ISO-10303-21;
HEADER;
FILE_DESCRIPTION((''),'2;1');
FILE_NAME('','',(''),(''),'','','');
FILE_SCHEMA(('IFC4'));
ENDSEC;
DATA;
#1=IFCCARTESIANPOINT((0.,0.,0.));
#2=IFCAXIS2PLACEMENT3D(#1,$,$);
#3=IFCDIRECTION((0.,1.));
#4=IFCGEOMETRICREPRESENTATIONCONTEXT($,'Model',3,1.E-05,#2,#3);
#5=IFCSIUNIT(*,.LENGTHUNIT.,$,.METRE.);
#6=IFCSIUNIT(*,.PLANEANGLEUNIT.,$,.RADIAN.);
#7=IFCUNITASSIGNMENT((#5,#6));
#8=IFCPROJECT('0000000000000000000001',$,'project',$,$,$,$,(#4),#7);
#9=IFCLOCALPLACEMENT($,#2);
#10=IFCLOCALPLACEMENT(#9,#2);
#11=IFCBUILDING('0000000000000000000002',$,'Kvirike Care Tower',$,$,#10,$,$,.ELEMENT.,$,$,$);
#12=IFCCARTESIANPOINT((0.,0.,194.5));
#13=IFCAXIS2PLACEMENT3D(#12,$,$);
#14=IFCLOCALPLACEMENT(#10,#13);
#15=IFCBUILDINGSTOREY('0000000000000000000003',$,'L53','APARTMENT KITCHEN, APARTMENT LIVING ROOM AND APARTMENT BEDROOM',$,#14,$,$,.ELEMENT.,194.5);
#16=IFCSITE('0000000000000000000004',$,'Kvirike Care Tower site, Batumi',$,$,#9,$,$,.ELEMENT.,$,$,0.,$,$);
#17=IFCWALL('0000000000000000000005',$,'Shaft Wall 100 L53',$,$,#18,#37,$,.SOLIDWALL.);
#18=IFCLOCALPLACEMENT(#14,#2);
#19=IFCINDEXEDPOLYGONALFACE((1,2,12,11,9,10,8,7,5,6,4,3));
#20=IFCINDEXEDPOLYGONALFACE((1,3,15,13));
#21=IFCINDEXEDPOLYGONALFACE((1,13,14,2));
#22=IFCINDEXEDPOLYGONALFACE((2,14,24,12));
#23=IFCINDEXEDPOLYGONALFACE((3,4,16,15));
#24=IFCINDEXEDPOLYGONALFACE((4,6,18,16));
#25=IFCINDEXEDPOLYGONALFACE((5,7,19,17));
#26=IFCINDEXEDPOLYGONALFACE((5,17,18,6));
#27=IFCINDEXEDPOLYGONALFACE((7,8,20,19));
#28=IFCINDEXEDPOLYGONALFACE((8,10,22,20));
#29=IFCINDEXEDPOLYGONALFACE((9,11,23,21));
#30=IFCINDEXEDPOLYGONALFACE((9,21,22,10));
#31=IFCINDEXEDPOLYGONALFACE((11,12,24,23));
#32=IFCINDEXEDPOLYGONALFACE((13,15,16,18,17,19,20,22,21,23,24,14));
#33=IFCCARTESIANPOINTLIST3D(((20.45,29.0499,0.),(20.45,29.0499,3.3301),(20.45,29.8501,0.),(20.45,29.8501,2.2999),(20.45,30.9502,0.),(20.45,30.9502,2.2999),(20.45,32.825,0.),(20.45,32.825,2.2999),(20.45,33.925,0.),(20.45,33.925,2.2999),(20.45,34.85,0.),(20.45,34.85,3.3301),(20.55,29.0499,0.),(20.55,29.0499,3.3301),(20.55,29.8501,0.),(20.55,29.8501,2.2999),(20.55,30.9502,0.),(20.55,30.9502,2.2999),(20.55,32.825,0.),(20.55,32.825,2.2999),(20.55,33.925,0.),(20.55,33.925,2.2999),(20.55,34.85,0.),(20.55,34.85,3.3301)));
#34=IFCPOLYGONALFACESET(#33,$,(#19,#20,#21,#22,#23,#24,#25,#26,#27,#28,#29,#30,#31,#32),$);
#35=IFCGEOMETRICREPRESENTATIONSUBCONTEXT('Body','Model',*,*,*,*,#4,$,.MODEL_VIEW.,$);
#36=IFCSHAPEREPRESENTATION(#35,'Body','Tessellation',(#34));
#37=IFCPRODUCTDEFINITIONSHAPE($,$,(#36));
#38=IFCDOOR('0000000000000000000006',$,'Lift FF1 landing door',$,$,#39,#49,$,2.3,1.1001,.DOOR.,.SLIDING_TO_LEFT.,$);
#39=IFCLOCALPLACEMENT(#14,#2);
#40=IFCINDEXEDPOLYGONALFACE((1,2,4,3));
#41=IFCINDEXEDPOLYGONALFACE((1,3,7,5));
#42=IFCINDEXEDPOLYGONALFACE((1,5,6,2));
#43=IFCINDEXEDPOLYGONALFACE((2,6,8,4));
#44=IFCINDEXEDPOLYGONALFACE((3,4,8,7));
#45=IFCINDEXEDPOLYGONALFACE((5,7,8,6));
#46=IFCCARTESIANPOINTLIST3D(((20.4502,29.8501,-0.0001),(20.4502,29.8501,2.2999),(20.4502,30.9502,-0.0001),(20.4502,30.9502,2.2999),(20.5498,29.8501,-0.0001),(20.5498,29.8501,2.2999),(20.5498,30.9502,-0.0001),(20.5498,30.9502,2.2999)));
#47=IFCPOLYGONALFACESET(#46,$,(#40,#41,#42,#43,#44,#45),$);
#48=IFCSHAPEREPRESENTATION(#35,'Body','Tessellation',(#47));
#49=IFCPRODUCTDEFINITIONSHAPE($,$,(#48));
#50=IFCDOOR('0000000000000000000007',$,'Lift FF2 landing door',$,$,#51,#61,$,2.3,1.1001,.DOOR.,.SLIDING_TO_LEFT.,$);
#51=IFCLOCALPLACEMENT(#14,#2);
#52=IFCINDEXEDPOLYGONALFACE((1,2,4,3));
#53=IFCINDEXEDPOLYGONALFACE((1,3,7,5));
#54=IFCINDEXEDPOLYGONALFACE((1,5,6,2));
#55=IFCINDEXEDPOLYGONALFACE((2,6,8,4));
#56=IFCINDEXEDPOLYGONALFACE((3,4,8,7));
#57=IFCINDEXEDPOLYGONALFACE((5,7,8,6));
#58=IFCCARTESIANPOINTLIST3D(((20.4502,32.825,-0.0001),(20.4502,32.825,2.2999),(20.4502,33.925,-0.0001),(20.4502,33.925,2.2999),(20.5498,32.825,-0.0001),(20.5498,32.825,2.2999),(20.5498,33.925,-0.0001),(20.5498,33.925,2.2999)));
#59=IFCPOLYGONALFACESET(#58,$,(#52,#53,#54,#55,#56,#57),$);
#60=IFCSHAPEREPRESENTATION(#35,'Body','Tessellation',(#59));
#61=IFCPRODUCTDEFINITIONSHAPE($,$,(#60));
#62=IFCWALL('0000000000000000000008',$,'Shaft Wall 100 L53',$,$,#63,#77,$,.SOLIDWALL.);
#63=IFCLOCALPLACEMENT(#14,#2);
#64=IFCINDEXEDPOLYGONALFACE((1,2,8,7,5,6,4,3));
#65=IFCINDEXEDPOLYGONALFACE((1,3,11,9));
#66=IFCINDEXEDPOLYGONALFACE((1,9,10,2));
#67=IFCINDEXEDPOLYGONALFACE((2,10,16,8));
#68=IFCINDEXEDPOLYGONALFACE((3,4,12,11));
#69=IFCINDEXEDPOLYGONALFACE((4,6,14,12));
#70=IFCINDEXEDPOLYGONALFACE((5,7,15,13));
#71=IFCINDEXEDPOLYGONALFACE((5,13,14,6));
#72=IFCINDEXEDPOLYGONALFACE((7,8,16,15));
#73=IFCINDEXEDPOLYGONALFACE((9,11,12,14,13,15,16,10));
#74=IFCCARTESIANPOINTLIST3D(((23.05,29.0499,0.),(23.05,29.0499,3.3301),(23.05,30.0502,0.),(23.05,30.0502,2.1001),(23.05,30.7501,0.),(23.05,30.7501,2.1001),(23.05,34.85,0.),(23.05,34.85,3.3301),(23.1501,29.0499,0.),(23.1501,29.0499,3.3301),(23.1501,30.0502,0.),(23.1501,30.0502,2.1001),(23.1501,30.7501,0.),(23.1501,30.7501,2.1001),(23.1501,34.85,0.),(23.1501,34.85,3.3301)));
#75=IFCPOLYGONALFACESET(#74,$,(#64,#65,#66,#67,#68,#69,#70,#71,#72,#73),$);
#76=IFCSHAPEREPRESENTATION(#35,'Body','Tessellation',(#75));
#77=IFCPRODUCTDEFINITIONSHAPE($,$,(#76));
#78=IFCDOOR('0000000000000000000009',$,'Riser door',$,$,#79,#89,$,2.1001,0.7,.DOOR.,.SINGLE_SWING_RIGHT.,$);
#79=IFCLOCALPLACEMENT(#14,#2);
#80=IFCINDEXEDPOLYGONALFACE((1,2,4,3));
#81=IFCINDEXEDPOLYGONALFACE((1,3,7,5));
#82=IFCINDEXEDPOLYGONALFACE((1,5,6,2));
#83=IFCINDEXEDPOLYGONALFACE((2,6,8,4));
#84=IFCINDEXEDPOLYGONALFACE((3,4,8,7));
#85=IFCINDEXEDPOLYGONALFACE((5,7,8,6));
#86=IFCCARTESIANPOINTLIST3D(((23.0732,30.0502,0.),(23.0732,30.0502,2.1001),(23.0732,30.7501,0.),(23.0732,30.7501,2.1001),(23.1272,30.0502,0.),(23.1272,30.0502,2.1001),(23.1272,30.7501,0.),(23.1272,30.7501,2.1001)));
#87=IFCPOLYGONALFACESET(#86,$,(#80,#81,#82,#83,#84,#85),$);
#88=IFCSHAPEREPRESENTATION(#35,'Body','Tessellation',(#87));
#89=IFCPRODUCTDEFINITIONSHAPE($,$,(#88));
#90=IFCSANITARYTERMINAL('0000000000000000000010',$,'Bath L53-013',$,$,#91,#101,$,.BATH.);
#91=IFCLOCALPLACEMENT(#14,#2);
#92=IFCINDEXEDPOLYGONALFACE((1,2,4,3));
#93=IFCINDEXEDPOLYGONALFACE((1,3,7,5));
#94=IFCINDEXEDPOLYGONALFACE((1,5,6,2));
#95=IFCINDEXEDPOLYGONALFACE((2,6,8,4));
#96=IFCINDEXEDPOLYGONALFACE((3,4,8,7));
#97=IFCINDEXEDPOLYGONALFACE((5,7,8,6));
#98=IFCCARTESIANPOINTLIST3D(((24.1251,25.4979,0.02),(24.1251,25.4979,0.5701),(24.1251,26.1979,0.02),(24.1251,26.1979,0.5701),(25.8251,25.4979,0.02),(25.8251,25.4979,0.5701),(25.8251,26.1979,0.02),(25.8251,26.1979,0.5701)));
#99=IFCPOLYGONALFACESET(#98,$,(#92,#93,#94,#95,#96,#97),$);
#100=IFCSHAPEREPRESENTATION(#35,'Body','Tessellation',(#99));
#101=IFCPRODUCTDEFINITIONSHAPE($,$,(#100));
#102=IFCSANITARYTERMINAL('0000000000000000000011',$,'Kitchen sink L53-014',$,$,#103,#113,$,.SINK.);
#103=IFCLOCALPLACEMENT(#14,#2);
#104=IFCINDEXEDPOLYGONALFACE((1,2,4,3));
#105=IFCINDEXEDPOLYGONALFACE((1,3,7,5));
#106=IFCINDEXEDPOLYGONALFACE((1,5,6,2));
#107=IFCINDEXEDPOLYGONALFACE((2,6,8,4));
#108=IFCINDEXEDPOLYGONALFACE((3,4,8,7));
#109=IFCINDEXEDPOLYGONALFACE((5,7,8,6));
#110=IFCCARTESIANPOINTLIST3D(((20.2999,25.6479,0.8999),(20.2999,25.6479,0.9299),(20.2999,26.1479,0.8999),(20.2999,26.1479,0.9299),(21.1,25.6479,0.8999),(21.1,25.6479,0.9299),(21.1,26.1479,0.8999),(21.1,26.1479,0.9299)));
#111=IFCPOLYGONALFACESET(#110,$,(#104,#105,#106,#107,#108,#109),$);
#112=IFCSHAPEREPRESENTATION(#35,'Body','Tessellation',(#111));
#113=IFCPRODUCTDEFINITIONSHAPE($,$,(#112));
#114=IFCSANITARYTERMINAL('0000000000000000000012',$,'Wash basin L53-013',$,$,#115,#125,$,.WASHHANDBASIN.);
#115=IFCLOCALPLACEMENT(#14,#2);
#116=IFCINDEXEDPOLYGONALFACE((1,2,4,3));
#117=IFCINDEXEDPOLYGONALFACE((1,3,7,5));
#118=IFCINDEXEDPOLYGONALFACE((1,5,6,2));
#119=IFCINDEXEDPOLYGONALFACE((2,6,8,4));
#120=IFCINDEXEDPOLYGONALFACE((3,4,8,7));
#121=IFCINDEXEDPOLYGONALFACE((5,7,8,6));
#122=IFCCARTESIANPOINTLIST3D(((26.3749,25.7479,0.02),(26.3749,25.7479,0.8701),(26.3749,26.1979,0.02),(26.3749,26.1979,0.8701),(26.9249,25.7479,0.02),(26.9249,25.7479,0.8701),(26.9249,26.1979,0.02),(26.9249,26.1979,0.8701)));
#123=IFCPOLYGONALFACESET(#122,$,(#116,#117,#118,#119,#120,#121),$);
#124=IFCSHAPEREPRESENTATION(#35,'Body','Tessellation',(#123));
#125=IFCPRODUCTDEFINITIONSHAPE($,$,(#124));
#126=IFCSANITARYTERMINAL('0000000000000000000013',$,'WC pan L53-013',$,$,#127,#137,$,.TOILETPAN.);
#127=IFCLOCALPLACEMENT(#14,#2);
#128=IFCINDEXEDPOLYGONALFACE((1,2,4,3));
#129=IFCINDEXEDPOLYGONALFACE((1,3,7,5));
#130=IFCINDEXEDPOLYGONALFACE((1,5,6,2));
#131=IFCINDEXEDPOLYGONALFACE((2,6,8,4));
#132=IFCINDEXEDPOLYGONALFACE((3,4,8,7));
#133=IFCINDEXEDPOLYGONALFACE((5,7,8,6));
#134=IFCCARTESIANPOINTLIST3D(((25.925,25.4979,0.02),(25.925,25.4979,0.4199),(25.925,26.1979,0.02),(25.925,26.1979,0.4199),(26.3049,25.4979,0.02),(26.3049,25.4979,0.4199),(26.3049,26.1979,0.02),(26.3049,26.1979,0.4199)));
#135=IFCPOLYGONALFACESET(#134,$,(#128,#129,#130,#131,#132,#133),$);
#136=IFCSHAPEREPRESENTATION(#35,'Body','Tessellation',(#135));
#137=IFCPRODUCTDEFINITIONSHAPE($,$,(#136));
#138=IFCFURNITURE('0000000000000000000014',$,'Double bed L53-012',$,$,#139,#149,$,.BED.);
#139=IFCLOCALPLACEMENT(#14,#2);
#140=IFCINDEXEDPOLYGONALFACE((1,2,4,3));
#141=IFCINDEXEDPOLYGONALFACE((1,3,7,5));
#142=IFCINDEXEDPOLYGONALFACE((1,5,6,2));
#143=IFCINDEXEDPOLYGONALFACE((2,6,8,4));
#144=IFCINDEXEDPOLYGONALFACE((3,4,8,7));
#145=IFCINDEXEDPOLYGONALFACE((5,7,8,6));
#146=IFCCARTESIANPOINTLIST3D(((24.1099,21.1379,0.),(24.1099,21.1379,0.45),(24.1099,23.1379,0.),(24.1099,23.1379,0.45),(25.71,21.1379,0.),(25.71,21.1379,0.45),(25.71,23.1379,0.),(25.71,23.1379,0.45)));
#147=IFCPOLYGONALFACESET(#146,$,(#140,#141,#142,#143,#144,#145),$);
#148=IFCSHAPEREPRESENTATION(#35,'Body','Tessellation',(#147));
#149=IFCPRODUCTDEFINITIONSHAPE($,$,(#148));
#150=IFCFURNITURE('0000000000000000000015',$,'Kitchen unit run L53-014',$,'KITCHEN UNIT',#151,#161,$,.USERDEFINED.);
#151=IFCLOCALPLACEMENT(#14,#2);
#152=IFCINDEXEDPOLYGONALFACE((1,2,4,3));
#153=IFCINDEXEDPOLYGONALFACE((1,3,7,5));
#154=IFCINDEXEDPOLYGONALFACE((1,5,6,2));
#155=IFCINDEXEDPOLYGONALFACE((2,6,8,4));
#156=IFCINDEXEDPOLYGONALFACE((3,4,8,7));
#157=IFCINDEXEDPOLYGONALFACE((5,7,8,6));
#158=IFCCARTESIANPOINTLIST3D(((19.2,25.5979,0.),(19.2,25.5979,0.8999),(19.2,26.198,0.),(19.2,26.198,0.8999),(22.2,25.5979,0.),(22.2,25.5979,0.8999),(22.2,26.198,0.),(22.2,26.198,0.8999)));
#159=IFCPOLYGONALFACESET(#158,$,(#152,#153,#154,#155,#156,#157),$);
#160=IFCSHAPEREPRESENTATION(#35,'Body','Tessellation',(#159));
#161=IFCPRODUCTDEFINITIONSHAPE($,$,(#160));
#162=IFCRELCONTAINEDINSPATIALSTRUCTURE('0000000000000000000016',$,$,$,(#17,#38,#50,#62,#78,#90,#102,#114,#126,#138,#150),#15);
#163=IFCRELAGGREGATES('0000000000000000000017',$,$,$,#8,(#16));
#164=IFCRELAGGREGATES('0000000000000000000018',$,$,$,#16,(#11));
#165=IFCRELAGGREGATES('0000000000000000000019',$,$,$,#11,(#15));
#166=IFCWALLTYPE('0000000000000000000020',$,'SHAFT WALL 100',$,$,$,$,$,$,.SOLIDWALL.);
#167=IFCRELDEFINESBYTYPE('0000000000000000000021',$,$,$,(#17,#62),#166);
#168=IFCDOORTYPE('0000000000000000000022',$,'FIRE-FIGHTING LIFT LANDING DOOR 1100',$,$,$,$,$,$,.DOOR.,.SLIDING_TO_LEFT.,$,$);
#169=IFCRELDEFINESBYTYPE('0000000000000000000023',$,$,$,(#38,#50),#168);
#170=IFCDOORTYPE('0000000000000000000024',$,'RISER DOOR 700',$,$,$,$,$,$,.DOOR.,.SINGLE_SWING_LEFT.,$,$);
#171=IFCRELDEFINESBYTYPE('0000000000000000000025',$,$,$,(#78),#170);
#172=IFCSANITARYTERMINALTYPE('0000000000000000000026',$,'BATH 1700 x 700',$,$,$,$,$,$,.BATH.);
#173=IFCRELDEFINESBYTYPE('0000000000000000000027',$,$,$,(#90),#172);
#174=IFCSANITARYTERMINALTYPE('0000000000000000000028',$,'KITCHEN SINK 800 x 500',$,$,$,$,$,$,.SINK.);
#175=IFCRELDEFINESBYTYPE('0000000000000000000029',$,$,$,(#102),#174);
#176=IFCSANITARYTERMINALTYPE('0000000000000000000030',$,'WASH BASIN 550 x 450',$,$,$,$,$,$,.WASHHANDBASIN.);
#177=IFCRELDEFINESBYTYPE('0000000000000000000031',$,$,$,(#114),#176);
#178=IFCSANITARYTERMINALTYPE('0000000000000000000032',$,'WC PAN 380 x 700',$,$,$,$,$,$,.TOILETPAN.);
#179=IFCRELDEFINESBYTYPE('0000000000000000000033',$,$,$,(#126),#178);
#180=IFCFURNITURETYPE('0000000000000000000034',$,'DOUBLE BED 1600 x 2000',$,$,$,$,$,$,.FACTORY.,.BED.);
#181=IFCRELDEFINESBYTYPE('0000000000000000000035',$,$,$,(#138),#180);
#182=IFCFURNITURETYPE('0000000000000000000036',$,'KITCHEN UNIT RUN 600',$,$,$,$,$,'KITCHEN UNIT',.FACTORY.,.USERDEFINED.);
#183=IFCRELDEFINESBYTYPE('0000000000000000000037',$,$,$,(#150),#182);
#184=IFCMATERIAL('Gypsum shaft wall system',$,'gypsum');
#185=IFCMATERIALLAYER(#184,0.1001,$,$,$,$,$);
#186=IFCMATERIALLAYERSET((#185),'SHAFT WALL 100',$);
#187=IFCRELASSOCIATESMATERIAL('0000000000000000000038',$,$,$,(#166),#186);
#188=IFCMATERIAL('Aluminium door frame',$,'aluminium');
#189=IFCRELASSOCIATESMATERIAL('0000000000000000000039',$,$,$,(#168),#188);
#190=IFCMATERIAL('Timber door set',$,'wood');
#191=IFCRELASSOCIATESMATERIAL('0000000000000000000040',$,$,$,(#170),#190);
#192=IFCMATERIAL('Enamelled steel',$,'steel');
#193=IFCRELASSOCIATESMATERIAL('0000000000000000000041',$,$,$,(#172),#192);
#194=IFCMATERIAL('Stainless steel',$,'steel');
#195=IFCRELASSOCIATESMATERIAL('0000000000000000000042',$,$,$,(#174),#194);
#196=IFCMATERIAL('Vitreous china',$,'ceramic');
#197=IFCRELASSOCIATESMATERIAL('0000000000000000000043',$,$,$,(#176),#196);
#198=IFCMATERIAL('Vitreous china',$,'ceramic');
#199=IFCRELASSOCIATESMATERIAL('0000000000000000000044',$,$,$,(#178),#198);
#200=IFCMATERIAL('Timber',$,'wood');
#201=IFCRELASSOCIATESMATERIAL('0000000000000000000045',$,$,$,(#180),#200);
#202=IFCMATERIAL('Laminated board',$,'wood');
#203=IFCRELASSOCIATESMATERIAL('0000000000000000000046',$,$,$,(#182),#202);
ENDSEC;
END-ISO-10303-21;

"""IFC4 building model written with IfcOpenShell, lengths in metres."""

from ifc_helpers import new_model, si_unit, direction, frame, frame_2d, origin, origin_2d, place, context, subcontext, project, spatial, rectangle, extrude, material, layer, layer_set, type_object, element, fill, save


model = new_model("IFC4")

# Units and contexts
model_context = context("Model", 3, precision=1e-05, world=origin(), true_north=direction((0.0, 1.0)))
body_context = subcontext(model_context, "Body", "Model", "MODEL_VIEW")
ifc_project = project(units=[si_unit("LENGTHUNIT", "METRE"), si_unit("PLANEANGLEUNIT", "RADIAN")], contexts=[model_context])

# Site, building, storey
site_placement = place(None, origin())
site = spatial("IfcSite", under=ifc_project, at=site_placement, Name="Kvirike Care Tower site, Batumi", CompositionType="ELEMENT", RefElevation=0.0)
building_placement = place(site_placement, origin())
building = spatial("IfcBuilding", under=site, at=building_placement, Name="Kvirike Care Tower", CompositionType="ELEMENT")
storey_placement = place(building_placement, frame((0.0, 0.0, 194.5)))
storey = spatial("IfcBuildingStorey", under=building, at=storey_placement, Name="L53", Description="APARTMENT KITCHEN, APARTMENT LIVING ROOM AND APARTMENT BEDROOM", CompositionType="ELEMENT", Elevation=194.5)

# Wall, openings, doors
ifc_material_1 = material(Name="Gypsum shaft wall system", Category="gypsum")
ifc_layer_1 = layer(ifc_material_1, 0.1001)
ifc_layer_set_1 = layer_set([ifc_layer_1], Name="SHAFT WALL 100")
wall_type_1 = type_object("IfcWallType", Name="SHAFT WALL 100", PredefinedType="SOLIDWALL", material=ifc_layer_set_1)
wall_1_placement = place(storey_placement, frame((20.5, 29.05, 0.0), z_axis=(0.0, 0.0, 1.0), x_axis=(0.0, 1.0, 0.0)))
wall_1 = element("IfcWall", 1, at=wall_1_placement, inside=storey, type_object=wall_type_1, Name="Shaft Wall 100 L53", PredefinedType="SOLIDWALL", context=body_context, shape_type="SweptSolid", body=[
    extrude(rectangle(XDim=5.8, YDim=0.1001, at=frame_2d((2.8999, 0.0))), origin(), (0.0, 0.0, 1.0), 3.3301),
])
opening_1_placement = place(wall_1_placement, frame((0.8, 0.0, 0.0)))
opening_1 = element("IfcOpeningElement", 2, at=opening_1_placement, cuts=wall_1, PredefinedType="OPENING", context=body_context, shape_type="SweptSolid", body=[
    extrude(rectangle(XDim=1.1001, YDim=2.3, at=frame_2d((0.55, 1.1499))), frame((0.0, 0.0605, 0.0), z_axis=(0.0, -1.0, 0.0), x_axis=(1.0, 0.0, 0.0)), (0.0, 0.0, 1.0), 0.1211),
])
opening_2_placement = place(wall_1_placement, frame((3.7749, 0.0, 0.0)))
opening_2 = element("IfcOpeningElement", 3, at=opening_2_placement, cuts=wall_1, PredefinedType="OPENING", context=body_context, shape_type="SweptSolid", body=[
    extrude(rectangle(XDim=1.1001, YDim=2.3, at=frame_2d((0.55, 1.1499))), frame((0.0, 0.0605, 0.0), z_axis=(0.0, -1.0, 0.0), x_axis=(1.0, 0.0, 0.0)), (0.0, 0.0, 1.0), 0.1211),
])
ifc_material_2 = material(Name="Aluminium door frame", Category="aluminium")
door_type_1 = type_object("IfcDoorType", Name="FIRE-FIGHTING LIFT LANDING DOOR 1100", OperationType="SLIDING_TO_LEFT", PredefinedType="DOOR", material=ifc_material_2)
door_1_placement = place(opening_1_placement, origin())
door_1 = element("IfcDoor", 4, at=door_1_placement, inside=storey, type_object=door_type_1, Name="Lift FF1 landing door", OperationType="SLIDING_TO_LEFT", OverallHeight=2.3, OverallWidth=1.1001, PredefinedType="DOOR", context=body_context, shape_type="SweptSolid", body=[
    extrude(rectangle(XDim=1.1001, YDim=2.3, at=frame_2d((0.55, 1.1499))), frame((0.0, 0.0498, 0.0), z_axis=(0.0, -1.0, 0.0), x_axis=(1.0, 0.0, 0.0)), (0.0, 0.0, 1.0), 0.0996),
])
fill(opening_1, door_1)
door_2_placement = place(opening_2_placement, origin())
door_2 = element("IfcDoor", 5, at=door_2_placement, inside=storey, type_object=door_type_1, Name="Lift FF2 landing door", OperationType="SLIDING_TO_LEFT", OverallHeight=2.3, OverallWidth=1.1001, PredefinedType="DOOR", context=body_context, shape_type="SweptSolid", body=[
    extrude(rectangle(XDim=1.1001, YDim=2.3, at=frame_2d((0.55, 1.1499))), frame((0.0, 0.0498, 0.0), z_axis=(0.0, -1.0, 0.0), x_axis=(1.0, 0.0, 0.0)), (0.0, 0.0, 1.0), 0.0996),
])
fill(opening_2, door_2)

# Wall, opening, door
wall_2_placement = place(storey_placement, frame((23.1001, 29.05, 0.0), z_axis=(0.0, 0.0, 1.0), x_axis=(0.0, 1.0, 0.0)))
wall_2 = element("IfcWall", 6, at=wall_2_placement, inside=storey, type_object=wall_type_1, Name="Shaft Wall 100 L53", PredefinedType="SOLIDWALL", context=body_context, shape_type="SweptSolid", body=[
    extrude(rectangle(XDim=5.8, YDim=0.1001, at=frame_2d((2.8999, 0.0))), origin(), (0.0, 0.0, 1.0), 3.3301),
])
opening_3_placement = place(wall_2_placement, frame((1.0, 0.0, 0.0)))
opening_3 = element("IfcOpeningElement", 7, at=opening_3_placement, cuts=wall_2, PredefinedType="OPENING", context=body_context, shape_type="SweptSolid", body=[
    extrude(rectangle(XDim=0.7, YDim=2.1001, at=frame_2d((0.3501, 1.05))), frame((0.0, 0.0605, 0.0), z_axis=(0.0, -1.0, 0.0), x_axis=(1.0, 0.0, 0.0)), (0.0, 0.0, 1.0), 0.1211),
])
ifc_material_3 = material(Name="Timber door set", Category="wood")
door_type_2 = type_object("IfcDoorType", Name="RISER DOOR 700", OperationType="SINGLE_SWING_LEFT", PredefinedType="DOOR", material=ifc_material_3)
door_3_placement = place(opening_3_placement, origin())
door_3 = element("IfcDoor", 8, at=door_3_placement, inside=storey, type_object=door_type_2, Name="Riser door", OperationType="SINGLE_SWING_RIGHT", OverallHeight=2.1001, OverallWidth=0.7, PredefinedType="DOOR", context=body_context, shape_type="SweptSolid", body=[
    extrude(rectangle(XDim=0.7, YDim=2.1001, at=frame_2d((0.3501, 1.05))), frame((0.0, 0.0269, 0.0), z_axis=(0.0, -1.0, 0.0), x_axis=(1.0, 0.0, 0.0)), (0.0, 0.0, 1.0), 0.054),
])
fill(opening_3, door_3)

# Sanitary terminals
ifc_material_4 = material(Name="Enamelled steel", Category="steel")
sanitary_terminal_type_1 = type_object("IfcSanitaryTerminalType", Name="BATH 1700 x 700", PredefinedType="BATH", material=ifc_material_4)
sanitary_terminal_1_placement = place(storey_placement, frame((24.9751, 25.8479, 0.02), z_axis=(0.0, 0.0, 1.0), x_axis=(1.0, 0.0, 0.0)))
element("IfcSanitaryTerminal", 9, at=sanitary_terminal_1_placement, inside=storey, type_object=sanitary_terminal_type_1, Name="Bath L53-013", PredefinedType="BATH", context=body_context, shape_type="SweptSolid", body=[
    extrude(rectangle(XDim=1.7, YDim=0.7, at=origin_2d()), origin(), (0.0, 0.0, 1.0), 0.55),
])
ifc_material_5 = material(Name="Stainless steel", Category="steel")
sanitary_terminal_type_2 = type_object("IfcSanitaryTerminalType", Name="KITCHEN SINK 800 x 500", PredefinedType="SINK", material=ifc_material_5)
sanitary_terminal_2_placement = place(storey_placement, frame((20.7, 25.8979, 0.8999), z_axis=(0.0, 0.0, 1.0), x_axis=(1.0, 0.0, 0.0)))
element("IfcSanitaryTerminal", 10, at=sanitary_terminal_2_placement, inside=storey, type_object=sanitary_terminal_type_2, Name="Kitchen sink L53-014", PredefinedType="SINK", context=body_context, shape_type="SweptSolid", body=[
    extrude(rectangle(XDim=0.8, YDim=0.5, at=origin_2d()), origin(), (0.0, 0.0, 1.0), 0.03),
])
ifc_material_6 = material(Name="Vitreous china", Category="ceramic")
sanitary_terminal_type_3 = type_object("IfcSanitaryTerminalType", Name="WASH BASIN 550 x 450", PredefinedType="WASHHANDBASIN", material=ifc_material_6)
sanitary_terminal_3_placement = place(storey_placement, frame((26.6499, 25.9729, 0.02), z_axis=(0.0, 0.0, 1.0), x_axis=(1.0, 0.0, 0.0)))
element("IfcSanitaryTerminal", 11, at=sanitary_terminal_3_placement, inside=storey, type_object=sanitary_terminal_type_3, Name="Wash basin L53-013", PredefinedType="WASHHANDBASIN", context=body_context, shape_type="SweptSolid", body=[
    extrude(rectangle(XDim=0.55, YDim=0.45, at=origin_2d()), origin(), (0.0, 0.0, 1.0), 0.8501),
])
ifc_material_7 = material(Name="Vitreous china", Category="ceramic")
sanitary_terminal_type_4 = type_object("IfcSanitaryTerminalType", Name="WC PAN 380 x 700", PredefinedType="TOILETPAN", material=ifc_material_7)
sanitary_terminal_4_placement = place(storey_placement, frame((26.115, 25.8479, 0.02), z_axis=(0.0, 0.0, 1.0), x_axis=(1.0, 0.0, 0.0)))
element("IfcSanitaryTerminal", 12, at=sanitary_terminal_4_placement, inside=storey, type_object=sanitary_terminal_type_4, Name="WC pan L53-013", PredefinedType="TOILETPAN", context=body_context, shape_type="SweptSolid", body=[
    extrude(rectangle(XDim=0.3799, YDim=0.7, at=origin_2d()), origin(), (0.0, 0.0, 1.0), 0.3999),
])

# Furniture
ifc_material_8 = material(Name="Timber", Category="wood")
furniture_type_1 = type_object("IfcFurnitureType", Name="DOUBLE BED 1600 x 2000", AssemblyPlace="FACTORY", PredefinedType="BED", material=ifc_material_8)
furniture_1_placement = place(storey_placement, frame((24.9099, 22.1379, 0.0), z_axis=(0.0, 0.0, 1.0), x_axis=(1.0, 0.0, 0.0)))
element("IfcFurniture", 13, at=furniture_1_placement, inside=storey, type_object=furniture_type_1, Name="Double bed L53-012", PredefinedType="BED", context=body_context, shape_type="SweptSolid", body=[
    extrude(rectangle(XDim=1.6001, YDim=2.0, at=origin_2d()), origin(), (0.0, 0.0, 1.0), 0.45),
])
ifc_material_9 = material(Name="Laminated board", Category="wood")
furniture_type_2 = type_object("IfcFurnitureType", Name="KITCHEN UNIT RUN 600", ElementType="KITCHEN UNIT", AssemblyPlace="FACTORY", PredefinedType="USERDEFINED", material=ifc_material_9)
furniture_2_placement = place(storey_placement, frame((20.7, 25.8979, 0.0), z_axis=(0.0, 0.0, 1.0), x_axis=(1.0, 0.0, 0.0)))
element("IfcFurniture", 14, at=furniture_2_placement, inside=storey, type_object=furniture_type_2, Name="Kitchen unit run L53-014", ObjectType="KITCHEN UNIT", PredefinedType="USERDEFINED", context=body_context, shape_type="SweptSolid", body=[
    extrude(rectangle(XDim=3.0, YDim=0.6001, at=origin_2d()), origin(), (0.0, 0.0, 1.0), 0.8999),
])

save(model, "model.ifc")
